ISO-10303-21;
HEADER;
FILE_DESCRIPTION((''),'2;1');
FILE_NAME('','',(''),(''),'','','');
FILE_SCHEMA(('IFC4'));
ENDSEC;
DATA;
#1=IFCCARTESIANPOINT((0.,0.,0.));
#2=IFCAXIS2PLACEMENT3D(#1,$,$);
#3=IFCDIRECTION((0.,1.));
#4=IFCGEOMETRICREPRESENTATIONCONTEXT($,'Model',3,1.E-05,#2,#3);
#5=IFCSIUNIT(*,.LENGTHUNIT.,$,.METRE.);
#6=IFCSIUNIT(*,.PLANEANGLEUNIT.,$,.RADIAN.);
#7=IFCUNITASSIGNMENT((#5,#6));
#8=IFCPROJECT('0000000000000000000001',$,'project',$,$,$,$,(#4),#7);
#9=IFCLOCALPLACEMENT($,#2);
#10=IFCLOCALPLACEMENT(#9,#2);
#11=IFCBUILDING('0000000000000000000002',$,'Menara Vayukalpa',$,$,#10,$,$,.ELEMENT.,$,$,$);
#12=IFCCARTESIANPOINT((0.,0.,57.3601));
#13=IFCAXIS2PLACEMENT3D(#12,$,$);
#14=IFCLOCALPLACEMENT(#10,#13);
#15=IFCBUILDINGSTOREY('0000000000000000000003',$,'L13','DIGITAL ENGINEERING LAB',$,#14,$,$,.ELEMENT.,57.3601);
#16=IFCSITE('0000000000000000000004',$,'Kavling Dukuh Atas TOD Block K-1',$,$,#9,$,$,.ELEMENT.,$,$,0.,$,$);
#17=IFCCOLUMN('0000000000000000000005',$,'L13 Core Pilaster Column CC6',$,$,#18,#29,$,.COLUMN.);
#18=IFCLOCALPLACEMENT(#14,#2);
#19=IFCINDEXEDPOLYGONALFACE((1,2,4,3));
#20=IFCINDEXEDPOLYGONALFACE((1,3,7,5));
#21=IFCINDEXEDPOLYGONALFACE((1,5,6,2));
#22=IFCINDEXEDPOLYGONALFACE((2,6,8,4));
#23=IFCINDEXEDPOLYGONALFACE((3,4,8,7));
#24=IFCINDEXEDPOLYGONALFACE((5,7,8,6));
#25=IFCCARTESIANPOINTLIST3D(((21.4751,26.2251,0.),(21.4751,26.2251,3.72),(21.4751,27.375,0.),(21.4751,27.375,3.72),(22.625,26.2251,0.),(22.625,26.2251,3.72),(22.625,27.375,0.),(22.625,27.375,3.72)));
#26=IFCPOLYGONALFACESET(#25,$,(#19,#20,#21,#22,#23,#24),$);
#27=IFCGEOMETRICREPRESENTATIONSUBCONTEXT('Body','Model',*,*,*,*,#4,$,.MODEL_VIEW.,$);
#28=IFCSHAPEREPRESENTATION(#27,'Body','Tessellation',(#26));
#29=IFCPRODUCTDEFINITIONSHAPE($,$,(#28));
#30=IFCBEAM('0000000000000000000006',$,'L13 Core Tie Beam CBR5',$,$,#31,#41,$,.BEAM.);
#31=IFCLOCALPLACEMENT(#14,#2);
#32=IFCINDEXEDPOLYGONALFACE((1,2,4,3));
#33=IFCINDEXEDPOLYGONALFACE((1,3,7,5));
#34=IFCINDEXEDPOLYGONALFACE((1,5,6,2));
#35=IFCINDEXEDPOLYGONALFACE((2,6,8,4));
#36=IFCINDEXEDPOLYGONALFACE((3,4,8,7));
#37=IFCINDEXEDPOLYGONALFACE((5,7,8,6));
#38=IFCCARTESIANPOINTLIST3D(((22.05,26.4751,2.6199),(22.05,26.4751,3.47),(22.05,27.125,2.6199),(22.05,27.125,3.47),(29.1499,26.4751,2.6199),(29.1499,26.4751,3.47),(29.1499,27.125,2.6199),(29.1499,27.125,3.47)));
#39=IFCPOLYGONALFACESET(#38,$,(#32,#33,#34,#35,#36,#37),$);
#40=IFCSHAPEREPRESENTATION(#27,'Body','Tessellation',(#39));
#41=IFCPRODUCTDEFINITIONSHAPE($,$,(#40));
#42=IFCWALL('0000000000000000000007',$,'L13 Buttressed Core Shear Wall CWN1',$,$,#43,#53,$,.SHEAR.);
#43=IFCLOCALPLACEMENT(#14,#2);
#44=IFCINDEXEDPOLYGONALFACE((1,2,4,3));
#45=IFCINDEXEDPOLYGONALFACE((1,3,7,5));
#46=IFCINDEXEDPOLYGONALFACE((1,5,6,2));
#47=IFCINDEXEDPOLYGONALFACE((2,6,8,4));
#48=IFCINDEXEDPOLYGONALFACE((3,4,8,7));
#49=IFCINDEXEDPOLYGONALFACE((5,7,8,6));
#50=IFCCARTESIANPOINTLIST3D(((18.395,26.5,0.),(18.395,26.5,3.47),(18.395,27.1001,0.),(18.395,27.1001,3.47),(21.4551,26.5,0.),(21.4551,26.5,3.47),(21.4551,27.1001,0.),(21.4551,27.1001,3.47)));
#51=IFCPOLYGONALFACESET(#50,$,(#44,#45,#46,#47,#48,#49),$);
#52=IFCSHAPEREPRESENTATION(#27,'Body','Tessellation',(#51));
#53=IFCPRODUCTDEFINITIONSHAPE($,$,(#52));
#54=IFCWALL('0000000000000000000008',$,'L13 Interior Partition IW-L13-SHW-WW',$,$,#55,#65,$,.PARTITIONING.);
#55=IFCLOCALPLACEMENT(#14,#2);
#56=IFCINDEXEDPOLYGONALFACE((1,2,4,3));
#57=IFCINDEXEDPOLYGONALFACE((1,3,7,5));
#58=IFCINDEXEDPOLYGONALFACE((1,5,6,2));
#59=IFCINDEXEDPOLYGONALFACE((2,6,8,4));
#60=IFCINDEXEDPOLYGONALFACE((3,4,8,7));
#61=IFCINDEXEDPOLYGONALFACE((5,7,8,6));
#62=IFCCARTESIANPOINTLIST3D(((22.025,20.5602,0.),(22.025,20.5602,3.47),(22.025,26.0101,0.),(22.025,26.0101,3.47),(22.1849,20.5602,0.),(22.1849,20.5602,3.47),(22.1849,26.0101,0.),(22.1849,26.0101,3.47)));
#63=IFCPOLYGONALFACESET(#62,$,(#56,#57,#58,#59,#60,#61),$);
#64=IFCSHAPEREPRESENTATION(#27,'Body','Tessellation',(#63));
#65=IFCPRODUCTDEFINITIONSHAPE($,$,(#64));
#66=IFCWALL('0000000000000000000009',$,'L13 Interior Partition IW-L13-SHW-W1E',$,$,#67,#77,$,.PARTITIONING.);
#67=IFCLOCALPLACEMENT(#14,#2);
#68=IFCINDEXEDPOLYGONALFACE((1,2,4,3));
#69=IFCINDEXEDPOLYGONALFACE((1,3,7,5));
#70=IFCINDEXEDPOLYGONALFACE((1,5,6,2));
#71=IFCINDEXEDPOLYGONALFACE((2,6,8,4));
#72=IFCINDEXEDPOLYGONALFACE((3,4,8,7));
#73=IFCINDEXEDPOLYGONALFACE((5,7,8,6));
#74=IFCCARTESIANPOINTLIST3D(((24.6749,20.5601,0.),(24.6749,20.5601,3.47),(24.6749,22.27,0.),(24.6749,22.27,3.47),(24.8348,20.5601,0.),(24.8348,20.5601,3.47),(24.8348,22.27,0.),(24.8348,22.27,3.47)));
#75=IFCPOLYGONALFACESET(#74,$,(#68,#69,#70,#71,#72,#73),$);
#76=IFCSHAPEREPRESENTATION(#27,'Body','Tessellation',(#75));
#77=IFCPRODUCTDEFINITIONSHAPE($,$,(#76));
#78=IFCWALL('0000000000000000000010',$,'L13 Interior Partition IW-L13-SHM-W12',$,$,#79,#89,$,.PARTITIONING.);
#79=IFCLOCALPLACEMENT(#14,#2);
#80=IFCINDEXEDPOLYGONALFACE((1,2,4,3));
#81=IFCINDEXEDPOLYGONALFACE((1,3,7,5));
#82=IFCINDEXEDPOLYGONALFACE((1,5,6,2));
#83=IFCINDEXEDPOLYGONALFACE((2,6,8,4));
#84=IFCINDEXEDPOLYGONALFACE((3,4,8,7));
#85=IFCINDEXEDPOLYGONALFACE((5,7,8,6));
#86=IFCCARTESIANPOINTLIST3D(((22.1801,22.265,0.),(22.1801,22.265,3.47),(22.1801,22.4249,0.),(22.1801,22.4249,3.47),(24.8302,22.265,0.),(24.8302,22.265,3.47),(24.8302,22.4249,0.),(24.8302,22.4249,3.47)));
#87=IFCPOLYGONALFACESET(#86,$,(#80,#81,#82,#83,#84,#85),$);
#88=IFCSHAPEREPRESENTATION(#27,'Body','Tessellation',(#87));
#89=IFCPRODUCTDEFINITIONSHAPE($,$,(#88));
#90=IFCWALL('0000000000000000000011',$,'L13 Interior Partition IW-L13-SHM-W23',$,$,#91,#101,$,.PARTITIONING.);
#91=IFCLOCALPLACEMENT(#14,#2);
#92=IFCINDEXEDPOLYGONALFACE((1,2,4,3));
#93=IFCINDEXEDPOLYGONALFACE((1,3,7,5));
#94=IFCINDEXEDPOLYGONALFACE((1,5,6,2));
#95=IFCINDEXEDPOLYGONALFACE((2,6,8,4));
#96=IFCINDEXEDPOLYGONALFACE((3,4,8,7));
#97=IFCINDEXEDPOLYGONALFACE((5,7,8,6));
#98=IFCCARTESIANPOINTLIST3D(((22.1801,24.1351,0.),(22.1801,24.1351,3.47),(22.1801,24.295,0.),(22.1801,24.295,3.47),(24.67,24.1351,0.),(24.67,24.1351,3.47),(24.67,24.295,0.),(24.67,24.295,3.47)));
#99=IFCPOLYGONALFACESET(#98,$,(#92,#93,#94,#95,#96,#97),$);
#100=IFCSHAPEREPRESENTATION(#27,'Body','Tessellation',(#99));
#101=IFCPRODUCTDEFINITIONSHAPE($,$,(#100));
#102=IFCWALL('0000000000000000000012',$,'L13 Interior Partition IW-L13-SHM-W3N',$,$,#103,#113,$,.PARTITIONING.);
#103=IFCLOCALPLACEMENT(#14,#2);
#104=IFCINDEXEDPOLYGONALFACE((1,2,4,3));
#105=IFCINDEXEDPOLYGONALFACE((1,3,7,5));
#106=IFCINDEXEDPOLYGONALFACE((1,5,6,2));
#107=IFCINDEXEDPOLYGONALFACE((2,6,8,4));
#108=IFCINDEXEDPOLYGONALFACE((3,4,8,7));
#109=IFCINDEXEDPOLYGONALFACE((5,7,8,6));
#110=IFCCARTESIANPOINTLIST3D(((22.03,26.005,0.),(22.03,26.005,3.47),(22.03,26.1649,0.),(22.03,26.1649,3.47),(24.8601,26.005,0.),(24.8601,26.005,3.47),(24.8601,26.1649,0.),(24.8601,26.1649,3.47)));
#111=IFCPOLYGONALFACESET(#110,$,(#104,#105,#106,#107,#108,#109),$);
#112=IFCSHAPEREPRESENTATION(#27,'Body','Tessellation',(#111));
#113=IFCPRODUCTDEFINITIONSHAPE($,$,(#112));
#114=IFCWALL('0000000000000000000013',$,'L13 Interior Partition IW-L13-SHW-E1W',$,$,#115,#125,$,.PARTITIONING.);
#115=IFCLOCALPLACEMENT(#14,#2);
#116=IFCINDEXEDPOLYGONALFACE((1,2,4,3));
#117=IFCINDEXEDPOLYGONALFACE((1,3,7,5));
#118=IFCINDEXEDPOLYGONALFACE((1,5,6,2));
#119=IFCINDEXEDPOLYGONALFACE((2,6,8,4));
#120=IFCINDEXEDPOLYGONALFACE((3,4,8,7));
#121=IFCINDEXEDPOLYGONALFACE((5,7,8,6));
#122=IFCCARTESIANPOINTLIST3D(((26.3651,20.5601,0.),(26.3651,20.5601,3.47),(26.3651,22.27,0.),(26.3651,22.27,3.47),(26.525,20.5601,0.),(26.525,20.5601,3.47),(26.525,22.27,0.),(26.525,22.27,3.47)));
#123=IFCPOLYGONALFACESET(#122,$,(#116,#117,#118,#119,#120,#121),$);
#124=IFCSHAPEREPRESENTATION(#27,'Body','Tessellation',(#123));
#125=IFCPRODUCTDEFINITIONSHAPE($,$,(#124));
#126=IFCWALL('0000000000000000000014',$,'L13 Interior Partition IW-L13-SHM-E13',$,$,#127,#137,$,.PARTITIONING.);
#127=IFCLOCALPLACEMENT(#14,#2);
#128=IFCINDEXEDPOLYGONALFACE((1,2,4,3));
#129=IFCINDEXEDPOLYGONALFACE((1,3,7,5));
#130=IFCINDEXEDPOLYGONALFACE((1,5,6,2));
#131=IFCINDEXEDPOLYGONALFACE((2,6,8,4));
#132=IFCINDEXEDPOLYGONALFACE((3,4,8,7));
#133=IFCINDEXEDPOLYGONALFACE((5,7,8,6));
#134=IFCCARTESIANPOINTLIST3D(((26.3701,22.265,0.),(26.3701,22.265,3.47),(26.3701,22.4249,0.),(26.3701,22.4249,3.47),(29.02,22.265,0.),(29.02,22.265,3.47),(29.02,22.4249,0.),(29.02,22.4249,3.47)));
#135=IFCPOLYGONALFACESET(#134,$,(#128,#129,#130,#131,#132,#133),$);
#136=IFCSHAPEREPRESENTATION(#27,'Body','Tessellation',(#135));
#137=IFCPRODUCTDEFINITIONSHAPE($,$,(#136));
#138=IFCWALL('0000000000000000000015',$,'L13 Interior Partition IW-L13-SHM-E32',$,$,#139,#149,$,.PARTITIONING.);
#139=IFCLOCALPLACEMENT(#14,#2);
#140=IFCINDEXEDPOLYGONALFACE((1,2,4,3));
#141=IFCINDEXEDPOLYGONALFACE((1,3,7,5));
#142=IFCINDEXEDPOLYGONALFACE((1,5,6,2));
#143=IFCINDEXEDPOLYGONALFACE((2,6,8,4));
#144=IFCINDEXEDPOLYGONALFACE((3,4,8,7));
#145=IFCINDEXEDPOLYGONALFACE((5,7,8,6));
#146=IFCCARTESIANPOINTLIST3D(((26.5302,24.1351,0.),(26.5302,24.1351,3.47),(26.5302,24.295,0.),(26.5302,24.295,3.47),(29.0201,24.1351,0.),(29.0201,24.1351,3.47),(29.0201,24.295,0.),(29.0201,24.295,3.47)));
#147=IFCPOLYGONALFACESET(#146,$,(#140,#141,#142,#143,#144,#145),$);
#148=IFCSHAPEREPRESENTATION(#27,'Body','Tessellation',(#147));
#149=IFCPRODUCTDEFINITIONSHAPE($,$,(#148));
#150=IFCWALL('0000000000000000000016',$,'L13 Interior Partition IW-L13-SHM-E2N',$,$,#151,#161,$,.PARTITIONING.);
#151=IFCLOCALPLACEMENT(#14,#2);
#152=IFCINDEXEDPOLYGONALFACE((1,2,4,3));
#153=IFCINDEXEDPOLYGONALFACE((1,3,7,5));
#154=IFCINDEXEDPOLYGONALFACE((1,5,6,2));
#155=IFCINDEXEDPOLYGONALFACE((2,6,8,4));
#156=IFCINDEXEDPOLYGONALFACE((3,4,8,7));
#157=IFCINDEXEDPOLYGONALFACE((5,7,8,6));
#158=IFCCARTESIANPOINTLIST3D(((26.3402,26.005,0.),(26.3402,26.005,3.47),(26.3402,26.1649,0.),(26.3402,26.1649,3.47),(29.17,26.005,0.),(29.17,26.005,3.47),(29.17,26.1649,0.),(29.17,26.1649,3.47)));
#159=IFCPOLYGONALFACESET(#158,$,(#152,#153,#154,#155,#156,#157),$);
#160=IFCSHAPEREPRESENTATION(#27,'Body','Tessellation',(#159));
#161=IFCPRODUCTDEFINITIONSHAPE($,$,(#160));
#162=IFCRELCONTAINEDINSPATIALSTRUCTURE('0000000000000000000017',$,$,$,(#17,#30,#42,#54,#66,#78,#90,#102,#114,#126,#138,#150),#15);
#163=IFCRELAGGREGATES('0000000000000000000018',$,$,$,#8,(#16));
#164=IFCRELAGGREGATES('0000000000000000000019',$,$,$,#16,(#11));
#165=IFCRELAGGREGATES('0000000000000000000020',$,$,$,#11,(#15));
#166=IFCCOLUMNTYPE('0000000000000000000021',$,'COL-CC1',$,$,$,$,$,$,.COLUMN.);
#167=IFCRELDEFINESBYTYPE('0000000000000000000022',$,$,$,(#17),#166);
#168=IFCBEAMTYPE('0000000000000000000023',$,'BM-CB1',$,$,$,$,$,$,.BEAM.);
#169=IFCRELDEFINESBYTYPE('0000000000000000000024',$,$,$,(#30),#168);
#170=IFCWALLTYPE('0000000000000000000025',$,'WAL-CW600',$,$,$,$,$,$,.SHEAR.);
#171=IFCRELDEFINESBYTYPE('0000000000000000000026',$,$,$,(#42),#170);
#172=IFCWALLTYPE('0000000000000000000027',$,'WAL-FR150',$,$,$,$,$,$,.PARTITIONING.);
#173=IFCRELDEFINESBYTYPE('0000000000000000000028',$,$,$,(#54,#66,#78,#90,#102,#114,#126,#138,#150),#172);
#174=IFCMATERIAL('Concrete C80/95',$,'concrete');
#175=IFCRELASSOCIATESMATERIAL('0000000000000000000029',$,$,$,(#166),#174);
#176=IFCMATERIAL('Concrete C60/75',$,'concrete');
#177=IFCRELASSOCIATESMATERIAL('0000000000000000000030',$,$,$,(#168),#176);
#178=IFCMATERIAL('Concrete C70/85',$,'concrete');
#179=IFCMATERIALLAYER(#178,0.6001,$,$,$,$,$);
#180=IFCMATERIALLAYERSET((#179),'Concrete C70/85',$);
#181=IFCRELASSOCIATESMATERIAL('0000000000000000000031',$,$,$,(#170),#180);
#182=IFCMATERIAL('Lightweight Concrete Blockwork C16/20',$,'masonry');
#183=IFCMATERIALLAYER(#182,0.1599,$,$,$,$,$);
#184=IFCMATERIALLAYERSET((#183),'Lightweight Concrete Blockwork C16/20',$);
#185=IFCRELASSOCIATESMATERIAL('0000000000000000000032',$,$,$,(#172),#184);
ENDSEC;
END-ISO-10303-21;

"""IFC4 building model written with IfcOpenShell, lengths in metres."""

from ifc_helpers import new_model, si_unit, direction, frame, frame_2d, origin, origin_2d, place, context, subcontext, project, spatial, rectangle, extrude, material, layer, layer_set, material_profile, profile_set, type_object, element, save


model = new_model("IFC4")

# Units and contexts
model_context = context("Model", 3, precision=1e-05, world=origin(), true_north=direction((0.0, 1.0)))
body_context = subcontext(model_context, "Body", "Model", "MODEL_VIEW")
ifc_project = project(units=[si_unit("LENGTHUNIT", "METRE"), si_unit("PLANEANGLEUNIT", "RADIAN")], contexts=[model_context])

# Site, building, storey
site_placement = place(None, origin())
site = spatial("IfcSite", under=ifc_project, at=site_placement, Name="Kavling Dukuh Atas TOD Block K-1", CompositionType="ELEMENT", RefElevation=0.0)
building_placement = place(site_placement, origin())
building = spatial("IfcBuilding", under=site, at=building_placement, Name="Menara Vayukalpa", CompositionType="ELEMENT")
storey_placement = place(building_placement, frame((0.0, 0.0, 57.3601)))
storey = spatial("IfcBuildingStorey", under=building, at=storey_placement, Name="L13", Description="DIGITAL ENGINEERING LAB", CompositionType="ELEMENT", Elevation=57.3601)

# Column
ifc_material_1 = material(Name="Concrete C80/95", Category="concrete")
ifc_material_profile_1 = material_profile(ifc_material_1, rectangle(XDim=1.1499, YDim=1.1499, at=origin_2d()), Name="RC 1150x1150")
ifc_profile_set_1 = profile_set([ifc_material_profile_1], Name="Concrete C80/95")
column_type = type_object("IfcColumnType", Name="COL-CC1", PredefinedType="COLUMN", material=ifc_profile_set_1)
column_placement = place(storey_placement, frame((22.05, 26.8, 0.0), z_axis=(0.0, 0.0, 1.0), x_axis=(1.0, 0.0, 0.0)))
element("IfcColumn", 1, at=column_placement, inside=storey, type_object=column_type, Name="L13 Core Pilaster Column CC6", PredefinedType="COLUMN", context=body_context, shape_type="SweptSolid", body=[
    extrude(rectangle(XDim=1.1499, YDim=1.1499, at=origin_2d()), origin(), (0.0, 0.0, 1.0), 3.72),
])

# Beam
ifc_material_2 = material(Name="Concrete C60/75", Category="concrete")
ifc_material_profile_2 = material_profile(ifc_material_2, rectangle(XDim=0.6499, YDim=0.8501, at=origin_2d()), Name="RC 650x850")
ifc_profile_set_2 = profile_set([ifc_material_profile_2], Name="Concrete C60/75")
beam_type = type_object("IfcBeamType", Name="BM-CB1", PredefinedType="BEAM", material=ifc_profile_set_2)
beam_placement = place(storey_placement, frame((22.05, 26.8, 3.0449), z_axis=(1.0, 0.0, 0.0), x_axis=(0.0, 1.0, 0.0)))
element("IfcBeam", 2, at=beam_placement, inside=storey, type_object=beam_type, Name="L13 Core Tie Beam CBR5", PredefinedType="BEAM", context=body_context, shape_type="SweptSolid", body=[
    extrude(rectangle(XDim=0.6499, YDim=0.8501, at=origin_2d()), origin(), (0.0, 0.0, 1.0), 7.0999),
])

# Walls
ifc_material_3 = material(Name="Concrete C70/85", Category="concrete")
ifc_layer_1 = layer(ifc_material_3, 0.6001)
ifc_layer_set_1 = layer_set([ifc_layer_1], Name="Concrete C70/85")
wall_type_1 = type_object("IfcWallType", Name="WAL-CW600", PredefinedType="SHEAR", material=ifc_layer_set_1)
wall_1_placement = place(storey_placement, frame((18.395, 26.8, 0.0), z_axis=(0.0, 0.0, 1.0), x_axis=(1.0, 0.0, 0.0)))
element("IfcWall", 3, at=wall_1_placement, inside=storey, type_object=wall_type_1, Name="L13 Buttressed Core Shear Wall CWN1", PredefinedType="SHEAR", context=body_context, shape_type="SweptSolid", body=[
    extrude(rectangle(XDim=3.0601, YDim=0.6001, at=frame_2d((1.53, 0.0))), origin(), (0.0, 0.0, 1.0), 3.47),
])
ifc_material_4 = material(Name="Lightweight Concrete Blockwork C16/20", Category="masonry")
ifc_layer_2 = layer(ifc_material_4, 0.1599)
ifc_layer_set_2 = layer_set([ifc_layer_2], Name="Lightweight Concrete Blockwork C16/20")
wall_type_2 = type_object("IfcWallType", Name="WAL-FR150", PredefinedType="PARTITIONING", material=ifc_layer_set_2)
wall_2_placement = place(storey_placement, frame((22.105, 20.5601, 0.0), z_axis=(0.0, 0.0, 1.0), x_axis=(0.0, 1.0, 0.0)))
element("IfcWall", 4, at=wall_2_placement, inside=storey, type_object=wall_type_2, Name="L13 Interior Partition IW-L13-SHW-WW", PredefinedType="PARTITIONING", context=body_context, shape_type="SweptSolid", body=[
    extrude(rectangle(XDim=5.45, YDim=0.1599, at=frame_2d((2.7251, 0.0))), origin(), (0.0, 0.0, 1.0), 3.47),
])
wall_3_placement = place(storey_placement, frame((24.7549, 20.5601, 0.0), z_axis=(0.0, 0.0, 1.0), x_axis=(0.0, 1.0, 0.0)))
element("IfcWall", 5, at=wall_3_placement, inside=storey, type_object=wall_type_2, Name="L13 Interior Partition IW-L13-SHW-W1E", PredefinedType="PARTITIONING", context=body_context, shape_type="SweptSolid", body=[
    extrude(rectangle(XDim=1.71, YDim=0.1599, at=frame_2d((0.855, 0.0))), origin(), (0.0, 0.0, 1.0), 3.47),
])
wall_4_placement = place(storey_placement, frame((22.1799, 22.345, 0.0), z_axis=(0.0, 0.0, 1.0), x_axis=(1.0, 0.0, 0.0)))
element("IfcWall", 6, at=wall_4_placement, inside=storey, type_object=wall_type_2, Name="L13 Interior Partition IW-L13-SHM-W12", PredefinedType="PARTITIONING", context=body_context, shape_type="SweptSolid", body=[
    extrude(rectangle(XDim=2.6501, YDim=0.1599, at=frame_2d((1.3252, 0.0))), origin(), (0.0, 0.0, 1.0), 3.47),
])
wall_5_placement = place(storey_placement, frame((22.1799, 24.2151, 0.0), z_axis=(0.0, 0.0, 1.0), x_axis=(1.0, 0.0, 0.0)))
element("IfcWall", 7, at=wall_5_placement, inside=storey, type_object=wall_type_2, Name="L13 Interior Partition IW-L13-SHM-W23", PredefinedType="PARTITIONING", context=body_context, shape_type="SweptSolid", body=[
    extrude(rectangle(XDim=2.49, YDim=0.1599, at=frame_2d((1.2451, 0.0))), origin(), (0.0, 0.0, 1.0), 3.47),
])
wall_6_placement = place(storey_placement, frame((22.03, 26.085, 0.0), z_axis=(0.0, 0.0, 1.0), x_axis=(1.0, 0.0, 0.0)))
element("IfcWall", 8, at=wall_6_placement, inside=storey, type_object=wall_type_2, Name="L13 Interior Partition IW-L13-SHM-W3N", PredefinedType="PARTITIONING", context=body_context, shape_type="SweptSolid", body=[
    extrude(rectangle(XDim=2.8301, YDim=0.1599, at=frame_2d((1.415, 0.0))), origin(), (0.0, 0.0, 1.0), 3.47),
])
wall_7_placement = place(storey_placement, frame((26.4451, 20.5601, 0.0), z_axis=(0.0, 0.0, 1.0), x_axis=(0.0, 1.0, 0.0)))
element("IfcWall", 9, at=wall_7_placement, inside=storey, type_object=wall_type_2, Name="L13 Interior Partition IW-L13-SHW-E1W", PredefinedType="PARTITIONING", context=body_context, shape_type="SweptSolid", body=[
    extrude(rectangle(XDim=1.71, YDim=0.1599, at=frame_2d((0.855, 0.0))), origin(), (0.0, 0.0, 1.0), 3.47),
])
wall_8_placement = place(storey_placement, frame((26.3701, 22.345, 0.0), z_axis=(0.0, 0.0, 1.0), x_axis=(1.0, 0.0, 0.0)))
element("IfcWall", 10, at=wall_8_placement, inside=storey, type_object=wall_type_2, Name="L13 Interior Partition IW-L13-SHM-E13", PredefinedType="PARTITIONING", context=body_context, shape_type="SweptSolid", body=[
    extrude(rectangle(XDim=2.6499, YDim=0.1599, at=frame_2d((1.325, 0.0))), origin(), (0.0, 0.0, 1.0), 3.47),
])
wall_9_placement = place(storey_placement, frame((26.53, 24.2151, 0.0), z_axis=(0.0, 0.0, 1.0), x_axis=(1.0, 0.0, 0.0)))
element("IfcWall", 11, at=wall_9_placement, inside=storey, type_object=wall_type_2, Name="L13 Interior Partition IW-L13-SHM-E32", PredefinedType="PARTITIONING", context=body_context, shape_type="SweptSolid", body=[
    extrude(rectangle(XDim=2.49, YDim=0.1599, at=frame_2d((1.2451, 0.0))), origin(), (0.0, 0.0, 1.0), 3.47),
])
wall_10_placement = place(storey_placement, frame((26.3401, 26.085, 0.0), z_axis=(0.0, 0.0, 1.0), x_axis=(1.0, 0.0, 0.0)))
element("IfcWall", 12, at=wall_10_placement, inside=storey, type_object=wall_type_2, Name="L13 Interior Partition IW-L13-SHM-E2N", PredefinedType="PARTITIONING", context=body_context, shape_type="SweptSolid", body=[
    extrude(rectangle(XDim=2.8298, YDim=0.1599, at=frame_2d((1.415, 0.0))), origin(), (0.0, 0.0, 1.0), 3.47),
])

save(model, "model.ifc")
